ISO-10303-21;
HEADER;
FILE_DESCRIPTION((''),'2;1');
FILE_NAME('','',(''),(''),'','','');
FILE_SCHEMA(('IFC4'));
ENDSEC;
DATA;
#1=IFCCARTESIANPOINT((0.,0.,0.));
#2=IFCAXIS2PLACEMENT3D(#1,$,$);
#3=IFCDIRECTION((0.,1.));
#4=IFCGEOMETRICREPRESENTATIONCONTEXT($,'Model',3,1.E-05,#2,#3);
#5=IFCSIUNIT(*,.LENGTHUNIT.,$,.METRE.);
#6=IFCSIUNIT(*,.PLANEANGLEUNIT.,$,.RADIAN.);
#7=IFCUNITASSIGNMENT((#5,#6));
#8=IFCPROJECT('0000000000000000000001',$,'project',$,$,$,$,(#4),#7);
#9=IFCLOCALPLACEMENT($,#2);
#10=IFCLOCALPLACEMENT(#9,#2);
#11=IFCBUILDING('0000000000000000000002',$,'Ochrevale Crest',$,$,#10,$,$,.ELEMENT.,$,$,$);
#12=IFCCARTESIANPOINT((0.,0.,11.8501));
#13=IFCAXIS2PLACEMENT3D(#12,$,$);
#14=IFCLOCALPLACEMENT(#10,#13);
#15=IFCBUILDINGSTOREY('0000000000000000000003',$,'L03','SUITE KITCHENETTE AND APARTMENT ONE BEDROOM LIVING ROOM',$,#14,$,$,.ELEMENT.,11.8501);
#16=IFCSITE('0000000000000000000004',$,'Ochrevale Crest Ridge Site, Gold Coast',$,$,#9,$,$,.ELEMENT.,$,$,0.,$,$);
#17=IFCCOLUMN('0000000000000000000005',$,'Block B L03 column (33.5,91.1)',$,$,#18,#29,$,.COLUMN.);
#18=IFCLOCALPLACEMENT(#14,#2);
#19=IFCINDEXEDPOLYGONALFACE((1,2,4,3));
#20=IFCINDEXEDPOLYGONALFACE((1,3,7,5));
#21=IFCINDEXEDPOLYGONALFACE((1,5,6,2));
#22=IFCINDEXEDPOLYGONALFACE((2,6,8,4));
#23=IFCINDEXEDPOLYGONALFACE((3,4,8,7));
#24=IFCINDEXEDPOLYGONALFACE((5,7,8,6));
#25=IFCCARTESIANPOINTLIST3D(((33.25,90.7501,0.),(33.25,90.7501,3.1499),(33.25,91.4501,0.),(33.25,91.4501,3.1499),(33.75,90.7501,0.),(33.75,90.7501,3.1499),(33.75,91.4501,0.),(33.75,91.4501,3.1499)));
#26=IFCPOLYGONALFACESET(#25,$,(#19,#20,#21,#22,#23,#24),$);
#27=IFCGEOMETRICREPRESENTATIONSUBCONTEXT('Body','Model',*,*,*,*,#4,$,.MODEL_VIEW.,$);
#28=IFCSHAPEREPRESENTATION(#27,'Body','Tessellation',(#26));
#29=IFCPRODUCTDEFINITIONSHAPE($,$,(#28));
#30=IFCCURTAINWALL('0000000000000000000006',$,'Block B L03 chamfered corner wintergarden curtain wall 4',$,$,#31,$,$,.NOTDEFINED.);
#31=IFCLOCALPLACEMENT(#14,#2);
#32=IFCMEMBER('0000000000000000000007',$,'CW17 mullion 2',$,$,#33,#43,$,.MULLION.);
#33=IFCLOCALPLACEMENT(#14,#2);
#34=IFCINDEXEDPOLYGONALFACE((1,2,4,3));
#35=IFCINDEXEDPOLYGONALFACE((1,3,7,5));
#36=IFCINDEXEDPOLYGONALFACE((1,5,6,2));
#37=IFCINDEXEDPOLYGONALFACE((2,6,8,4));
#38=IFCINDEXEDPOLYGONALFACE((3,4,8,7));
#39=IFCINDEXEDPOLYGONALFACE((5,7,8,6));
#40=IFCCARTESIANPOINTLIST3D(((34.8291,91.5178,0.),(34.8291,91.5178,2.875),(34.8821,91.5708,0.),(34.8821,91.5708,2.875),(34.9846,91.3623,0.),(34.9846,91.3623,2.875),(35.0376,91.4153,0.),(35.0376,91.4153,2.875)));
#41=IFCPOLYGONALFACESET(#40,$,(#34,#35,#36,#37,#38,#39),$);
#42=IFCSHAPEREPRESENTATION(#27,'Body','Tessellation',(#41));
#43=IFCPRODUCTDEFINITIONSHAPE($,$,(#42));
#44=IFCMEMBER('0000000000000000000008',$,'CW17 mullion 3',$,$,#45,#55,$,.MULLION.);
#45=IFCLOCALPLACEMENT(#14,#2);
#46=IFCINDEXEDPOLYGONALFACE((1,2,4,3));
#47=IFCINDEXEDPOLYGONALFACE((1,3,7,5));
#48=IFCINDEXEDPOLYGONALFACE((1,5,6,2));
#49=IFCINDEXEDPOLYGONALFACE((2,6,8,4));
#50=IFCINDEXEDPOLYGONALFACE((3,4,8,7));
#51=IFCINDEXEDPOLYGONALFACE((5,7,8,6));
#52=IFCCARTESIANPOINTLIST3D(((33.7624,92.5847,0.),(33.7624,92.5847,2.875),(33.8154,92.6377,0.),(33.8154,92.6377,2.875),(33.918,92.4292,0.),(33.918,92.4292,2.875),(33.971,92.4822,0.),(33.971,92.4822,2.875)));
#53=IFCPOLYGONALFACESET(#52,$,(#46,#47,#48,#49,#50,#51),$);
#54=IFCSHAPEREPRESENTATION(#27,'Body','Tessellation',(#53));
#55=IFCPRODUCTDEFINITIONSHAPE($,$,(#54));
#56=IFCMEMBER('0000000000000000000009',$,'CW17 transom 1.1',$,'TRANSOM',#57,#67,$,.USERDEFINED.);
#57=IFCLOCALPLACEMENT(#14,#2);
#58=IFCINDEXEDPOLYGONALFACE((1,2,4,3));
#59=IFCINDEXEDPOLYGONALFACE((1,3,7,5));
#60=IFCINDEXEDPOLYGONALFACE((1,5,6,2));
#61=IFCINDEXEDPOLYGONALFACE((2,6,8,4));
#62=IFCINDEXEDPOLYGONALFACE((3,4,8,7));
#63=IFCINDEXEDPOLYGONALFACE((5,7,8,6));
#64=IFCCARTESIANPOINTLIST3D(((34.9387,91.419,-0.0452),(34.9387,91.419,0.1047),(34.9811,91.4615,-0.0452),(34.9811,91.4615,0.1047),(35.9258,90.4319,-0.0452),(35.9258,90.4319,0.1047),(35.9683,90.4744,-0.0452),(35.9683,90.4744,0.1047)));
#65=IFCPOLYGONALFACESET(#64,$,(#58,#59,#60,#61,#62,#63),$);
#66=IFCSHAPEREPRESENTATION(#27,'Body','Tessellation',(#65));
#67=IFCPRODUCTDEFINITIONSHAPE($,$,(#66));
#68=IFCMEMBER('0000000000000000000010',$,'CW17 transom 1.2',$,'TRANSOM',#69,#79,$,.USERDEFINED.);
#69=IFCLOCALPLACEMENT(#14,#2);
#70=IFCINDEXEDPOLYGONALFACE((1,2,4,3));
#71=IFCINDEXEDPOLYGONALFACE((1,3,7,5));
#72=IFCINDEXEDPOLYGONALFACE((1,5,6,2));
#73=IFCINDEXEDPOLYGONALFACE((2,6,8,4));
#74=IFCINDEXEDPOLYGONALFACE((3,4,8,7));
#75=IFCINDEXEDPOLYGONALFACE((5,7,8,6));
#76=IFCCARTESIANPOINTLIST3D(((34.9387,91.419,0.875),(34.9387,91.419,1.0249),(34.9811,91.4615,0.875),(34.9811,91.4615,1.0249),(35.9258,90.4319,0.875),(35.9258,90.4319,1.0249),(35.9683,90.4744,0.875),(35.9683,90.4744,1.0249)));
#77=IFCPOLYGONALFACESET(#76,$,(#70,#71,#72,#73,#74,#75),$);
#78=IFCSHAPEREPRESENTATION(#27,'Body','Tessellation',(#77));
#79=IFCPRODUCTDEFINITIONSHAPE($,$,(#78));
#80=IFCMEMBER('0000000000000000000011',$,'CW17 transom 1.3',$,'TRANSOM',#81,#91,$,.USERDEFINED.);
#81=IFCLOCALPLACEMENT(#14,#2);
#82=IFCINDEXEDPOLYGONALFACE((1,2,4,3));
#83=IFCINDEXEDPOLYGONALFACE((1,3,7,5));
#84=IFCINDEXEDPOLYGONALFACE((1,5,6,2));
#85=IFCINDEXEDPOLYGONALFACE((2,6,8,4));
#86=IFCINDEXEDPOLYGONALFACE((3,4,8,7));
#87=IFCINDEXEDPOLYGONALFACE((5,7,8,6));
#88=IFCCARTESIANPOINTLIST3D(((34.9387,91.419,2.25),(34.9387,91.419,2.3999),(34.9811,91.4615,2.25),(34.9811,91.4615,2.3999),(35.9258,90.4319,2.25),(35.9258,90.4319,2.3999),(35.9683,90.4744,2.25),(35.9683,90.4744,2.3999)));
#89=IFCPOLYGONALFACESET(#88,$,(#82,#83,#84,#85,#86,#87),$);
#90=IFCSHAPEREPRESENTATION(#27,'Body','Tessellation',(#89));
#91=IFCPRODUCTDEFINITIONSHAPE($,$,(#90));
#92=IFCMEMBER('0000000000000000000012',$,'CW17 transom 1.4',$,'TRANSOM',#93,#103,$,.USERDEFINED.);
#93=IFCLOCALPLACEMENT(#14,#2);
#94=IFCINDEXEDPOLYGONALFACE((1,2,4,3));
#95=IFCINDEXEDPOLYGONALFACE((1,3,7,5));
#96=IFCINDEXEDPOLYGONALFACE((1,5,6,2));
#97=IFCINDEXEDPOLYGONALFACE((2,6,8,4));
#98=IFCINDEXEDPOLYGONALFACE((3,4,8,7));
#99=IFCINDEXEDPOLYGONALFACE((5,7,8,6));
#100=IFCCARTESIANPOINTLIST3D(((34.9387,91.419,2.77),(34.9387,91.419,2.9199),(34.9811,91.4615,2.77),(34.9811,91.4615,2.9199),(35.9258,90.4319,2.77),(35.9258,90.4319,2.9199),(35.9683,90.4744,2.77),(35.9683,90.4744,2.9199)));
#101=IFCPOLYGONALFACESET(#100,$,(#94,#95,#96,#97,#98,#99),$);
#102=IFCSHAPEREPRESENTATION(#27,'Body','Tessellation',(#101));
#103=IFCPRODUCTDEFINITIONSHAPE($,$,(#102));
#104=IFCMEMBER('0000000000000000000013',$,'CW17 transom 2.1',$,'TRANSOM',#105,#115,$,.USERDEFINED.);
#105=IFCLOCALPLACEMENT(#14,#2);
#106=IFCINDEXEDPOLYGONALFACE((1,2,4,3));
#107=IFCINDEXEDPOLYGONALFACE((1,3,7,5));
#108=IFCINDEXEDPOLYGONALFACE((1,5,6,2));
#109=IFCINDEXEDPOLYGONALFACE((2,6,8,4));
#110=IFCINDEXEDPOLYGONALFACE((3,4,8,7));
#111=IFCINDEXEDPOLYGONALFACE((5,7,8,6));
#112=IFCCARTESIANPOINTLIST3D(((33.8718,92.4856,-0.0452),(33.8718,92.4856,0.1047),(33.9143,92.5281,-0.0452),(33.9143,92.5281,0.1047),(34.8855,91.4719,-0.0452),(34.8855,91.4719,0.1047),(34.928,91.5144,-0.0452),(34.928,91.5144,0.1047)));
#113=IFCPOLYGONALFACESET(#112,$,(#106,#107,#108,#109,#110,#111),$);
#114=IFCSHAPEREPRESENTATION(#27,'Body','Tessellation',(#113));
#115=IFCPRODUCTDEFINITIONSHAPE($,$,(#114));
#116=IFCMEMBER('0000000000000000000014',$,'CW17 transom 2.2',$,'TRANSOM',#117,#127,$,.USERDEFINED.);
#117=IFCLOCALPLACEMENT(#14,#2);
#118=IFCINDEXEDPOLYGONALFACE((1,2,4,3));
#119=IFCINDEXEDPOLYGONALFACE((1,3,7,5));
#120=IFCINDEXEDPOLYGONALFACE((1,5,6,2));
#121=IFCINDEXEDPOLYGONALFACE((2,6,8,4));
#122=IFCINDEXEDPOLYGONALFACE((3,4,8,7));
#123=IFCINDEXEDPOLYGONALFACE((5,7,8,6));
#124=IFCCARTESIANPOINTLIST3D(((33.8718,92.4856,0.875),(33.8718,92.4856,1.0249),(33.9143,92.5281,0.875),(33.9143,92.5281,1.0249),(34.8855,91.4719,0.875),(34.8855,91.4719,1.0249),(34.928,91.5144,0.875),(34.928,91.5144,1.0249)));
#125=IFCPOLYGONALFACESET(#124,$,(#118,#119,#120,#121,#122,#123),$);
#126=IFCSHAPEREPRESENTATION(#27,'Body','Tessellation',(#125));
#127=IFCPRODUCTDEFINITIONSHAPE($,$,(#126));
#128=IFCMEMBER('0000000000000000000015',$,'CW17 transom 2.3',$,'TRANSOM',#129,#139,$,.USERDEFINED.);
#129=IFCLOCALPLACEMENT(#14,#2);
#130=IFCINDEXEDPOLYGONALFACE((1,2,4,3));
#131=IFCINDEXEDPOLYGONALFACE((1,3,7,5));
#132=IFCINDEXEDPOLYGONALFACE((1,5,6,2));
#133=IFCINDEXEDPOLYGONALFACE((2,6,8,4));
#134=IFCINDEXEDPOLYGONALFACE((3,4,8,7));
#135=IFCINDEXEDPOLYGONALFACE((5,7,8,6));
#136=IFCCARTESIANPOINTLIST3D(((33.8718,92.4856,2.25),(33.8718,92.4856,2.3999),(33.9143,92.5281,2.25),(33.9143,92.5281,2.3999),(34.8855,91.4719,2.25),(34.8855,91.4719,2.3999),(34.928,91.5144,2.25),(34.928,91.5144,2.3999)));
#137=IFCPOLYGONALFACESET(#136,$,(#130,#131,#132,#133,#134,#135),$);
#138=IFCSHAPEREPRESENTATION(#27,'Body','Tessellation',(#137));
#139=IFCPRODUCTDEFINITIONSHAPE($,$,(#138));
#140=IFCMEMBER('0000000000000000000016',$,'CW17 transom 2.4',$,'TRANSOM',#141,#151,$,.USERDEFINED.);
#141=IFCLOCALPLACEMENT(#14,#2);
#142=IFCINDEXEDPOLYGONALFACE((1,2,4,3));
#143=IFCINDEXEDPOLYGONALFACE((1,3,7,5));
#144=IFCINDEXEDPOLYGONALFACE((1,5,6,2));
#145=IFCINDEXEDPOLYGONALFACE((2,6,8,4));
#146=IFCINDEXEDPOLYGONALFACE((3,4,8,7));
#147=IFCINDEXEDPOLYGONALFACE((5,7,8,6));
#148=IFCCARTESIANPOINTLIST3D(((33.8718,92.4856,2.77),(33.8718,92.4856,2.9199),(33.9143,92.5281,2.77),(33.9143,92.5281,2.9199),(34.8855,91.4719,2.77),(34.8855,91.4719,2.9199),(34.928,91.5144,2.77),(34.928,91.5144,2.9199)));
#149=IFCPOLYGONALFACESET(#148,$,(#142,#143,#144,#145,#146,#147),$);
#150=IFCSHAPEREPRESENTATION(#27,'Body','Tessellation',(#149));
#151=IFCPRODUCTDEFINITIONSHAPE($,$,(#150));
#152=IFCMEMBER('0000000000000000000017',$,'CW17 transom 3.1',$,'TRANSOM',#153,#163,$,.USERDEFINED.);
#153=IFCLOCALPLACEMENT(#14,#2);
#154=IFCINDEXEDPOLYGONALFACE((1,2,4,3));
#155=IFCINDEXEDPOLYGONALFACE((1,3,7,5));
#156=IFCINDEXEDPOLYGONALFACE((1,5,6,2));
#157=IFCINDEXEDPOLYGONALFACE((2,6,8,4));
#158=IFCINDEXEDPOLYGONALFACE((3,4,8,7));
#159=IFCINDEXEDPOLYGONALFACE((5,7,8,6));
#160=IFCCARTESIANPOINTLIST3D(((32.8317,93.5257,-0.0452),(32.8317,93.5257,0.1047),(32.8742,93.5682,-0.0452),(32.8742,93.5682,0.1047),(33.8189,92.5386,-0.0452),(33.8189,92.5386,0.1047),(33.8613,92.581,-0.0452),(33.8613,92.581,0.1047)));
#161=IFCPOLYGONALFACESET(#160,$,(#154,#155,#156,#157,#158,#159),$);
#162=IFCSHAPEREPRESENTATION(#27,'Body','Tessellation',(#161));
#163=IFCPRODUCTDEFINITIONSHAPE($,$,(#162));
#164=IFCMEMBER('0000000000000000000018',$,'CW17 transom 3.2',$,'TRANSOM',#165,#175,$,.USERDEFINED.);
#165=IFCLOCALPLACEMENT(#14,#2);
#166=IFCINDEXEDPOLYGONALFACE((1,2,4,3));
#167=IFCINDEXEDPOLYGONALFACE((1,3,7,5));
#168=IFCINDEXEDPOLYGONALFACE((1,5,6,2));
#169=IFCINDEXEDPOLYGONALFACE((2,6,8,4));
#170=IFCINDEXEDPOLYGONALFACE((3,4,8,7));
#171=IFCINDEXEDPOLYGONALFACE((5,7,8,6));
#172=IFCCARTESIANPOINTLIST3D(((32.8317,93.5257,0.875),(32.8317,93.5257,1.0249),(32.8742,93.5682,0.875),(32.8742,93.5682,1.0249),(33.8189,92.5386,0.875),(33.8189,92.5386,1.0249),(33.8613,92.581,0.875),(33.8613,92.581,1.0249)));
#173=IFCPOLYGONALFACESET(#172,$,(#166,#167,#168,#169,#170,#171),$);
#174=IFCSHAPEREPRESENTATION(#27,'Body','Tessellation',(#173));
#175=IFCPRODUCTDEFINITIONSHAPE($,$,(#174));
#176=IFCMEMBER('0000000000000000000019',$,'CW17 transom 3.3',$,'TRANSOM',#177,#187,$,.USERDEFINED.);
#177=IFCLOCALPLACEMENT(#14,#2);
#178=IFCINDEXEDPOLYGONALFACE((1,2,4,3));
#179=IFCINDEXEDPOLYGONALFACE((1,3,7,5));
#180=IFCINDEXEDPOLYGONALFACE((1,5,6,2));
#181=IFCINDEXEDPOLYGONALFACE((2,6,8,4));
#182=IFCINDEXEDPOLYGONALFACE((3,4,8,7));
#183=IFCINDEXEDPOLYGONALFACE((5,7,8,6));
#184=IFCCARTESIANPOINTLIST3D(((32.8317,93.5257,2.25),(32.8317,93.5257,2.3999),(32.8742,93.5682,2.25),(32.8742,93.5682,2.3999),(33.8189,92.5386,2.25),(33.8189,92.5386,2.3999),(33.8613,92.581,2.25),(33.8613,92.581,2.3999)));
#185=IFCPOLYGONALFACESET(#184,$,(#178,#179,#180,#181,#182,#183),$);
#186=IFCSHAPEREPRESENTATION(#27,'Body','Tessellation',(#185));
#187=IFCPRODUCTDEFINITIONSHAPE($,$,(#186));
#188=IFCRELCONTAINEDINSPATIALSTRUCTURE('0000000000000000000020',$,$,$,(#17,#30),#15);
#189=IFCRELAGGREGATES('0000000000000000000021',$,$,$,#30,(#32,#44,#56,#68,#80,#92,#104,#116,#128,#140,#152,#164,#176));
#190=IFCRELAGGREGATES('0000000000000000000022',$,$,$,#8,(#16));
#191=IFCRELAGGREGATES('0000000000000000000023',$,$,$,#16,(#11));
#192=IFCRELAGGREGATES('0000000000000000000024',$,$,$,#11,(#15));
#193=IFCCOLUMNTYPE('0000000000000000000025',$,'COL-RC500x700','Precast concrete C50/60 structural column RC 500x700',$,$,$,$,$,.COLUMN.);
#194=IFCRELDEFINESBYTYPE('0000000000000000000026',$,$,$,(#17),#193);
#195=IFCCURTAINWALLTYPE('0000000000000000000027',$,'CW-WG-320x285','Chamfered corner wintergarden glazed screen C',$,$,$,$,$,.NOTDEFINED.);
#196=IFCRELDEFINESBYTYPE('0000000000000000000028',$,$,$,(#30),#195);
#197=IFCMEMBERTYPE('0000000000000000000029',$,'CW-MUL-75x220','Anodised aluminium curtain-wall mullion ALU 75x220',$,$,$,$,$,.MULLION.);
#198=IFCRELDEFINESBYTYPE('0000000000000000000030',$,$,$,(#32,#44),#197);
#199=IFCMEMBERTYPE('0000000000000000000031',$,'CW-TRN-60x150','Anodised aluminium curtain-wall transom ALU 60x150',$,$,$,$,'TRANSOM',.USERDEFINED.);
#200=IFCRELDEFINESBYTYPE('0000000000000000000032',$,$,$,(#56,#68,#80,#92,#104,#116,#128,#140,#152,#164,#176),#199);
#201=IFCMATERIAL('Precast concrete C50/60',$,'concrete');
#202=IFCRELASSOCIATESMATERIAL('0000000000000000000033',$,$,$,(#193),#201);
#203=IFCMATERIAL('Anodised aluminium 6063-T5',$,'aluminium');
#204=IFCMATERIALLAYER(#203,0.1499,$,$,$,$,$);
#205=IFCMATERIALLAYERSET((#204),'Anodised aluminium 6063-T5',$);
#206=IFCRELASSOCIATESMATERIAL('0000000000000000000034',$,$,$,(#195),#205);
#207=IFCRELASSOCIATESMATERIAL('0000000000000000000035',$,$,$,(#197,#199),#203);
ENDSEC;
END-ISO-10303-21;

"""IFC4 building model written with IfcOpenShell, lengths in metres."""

from ifc_helpers import new_model, si_unit, direction, frame, origin, origin_2d, place, context, subcontext, project, spatial, rectangle, extrude, material, layer, layer_set, material_profile, profile_set, type_object, element, aggregate, save


model = new_model("IFC4")

# Units and contexts
model_context = context("Model", 3, precision=1e-05, world=origin(), true_north=direction((0.0, 1.0)))
body_context = subcontext(model_context, "Body", "Model", "MODEL_VIEW")
ifc_project = project(units=[si_unit("LENGTHUNIT", "METRE"), si_unit("PLANEANGLEUNIT", "RADIAN")], contexts=[model_context])

# Site, building, storey
site_placement = place(None, origin())
site = spatial("IfcSite", under=ifc_project, at=site_placement, Name="Ochrevale Crest Ridge Site, Gold Coast", CompositionType="ELEMENT", RefElevation=0.0)
building_placement = place(site_placement, origin())
building = spatial("IfcBuilding", under=site, at=building_placement, Name="Ochrevale Crest", CompositionType="ELEMENT")
storey_placement = place(building_placement, frame((0.0, 0.0, 11.8501)))
storey = spatial("IfcBuildingStorey", under=building, at=storey_placement, Name="L03", Description="SUITE KITCHENETTE AND APARTMENT ONE BEDROOM LIVING ROOM", CompositionType="ELEMENT", Elevation=11.8501)

# Column
ifc_material_1 = material(Name="Precast concrete C50/60", Category="concrete")
ifc_material_profile_1 = material_profile(ifc_material_1, rectangle(XDim=0.5, YDim=0.7, at=origin_2d()), Name="RC 500x700")
ifc_profile_set_1 = profile_set([ifc_material_profile_1], Name="Precast concrete C50/60")
column_type = type_object("IfcColumnType", Name="COL-RC500x700", Description="Precast concrete C50/60 structural column RC 500x700", PredefinedType="COLUMN", material=ifc_profile_set_1)
column_placement = place(storey_placement, frame((33.5, 91.1001, 0.0), z_axis=(0.0, 0.0, 1.0), x_axis=(1.0, 0.0, 0.0)))
element("IfcColumn", 1, at=column_placement, inside=storey, type_object=column_type, Name="Block B L03 column (33.5,91.1)", PredefinedType="COLUMN", context=body_context, shape_type="SweptSolid", body=[
    extrude(rectangle(XDim=0.5, YDim=0.7, at=origin_2d()), origin(), (0.0, 0.0, 1.0), 3.1499),
])

# Curtain wall, members
ifc_material_2 = material(Name="Anodised aluminium 6063-T5", Category="aluminium")
ifc_layer_1 = layer(ifc_material_2, 0.1499)
ifc_layer_set_1 = layer_set([ifc_layer_1], Name="Anodised aluminium 6063-T5")
curtain_wall_type = type_object("IfcCurtainWallType", Name="CW-WG-320x285", Description="Chamfered corner wintergarden glazed screen C", PredefinedType="NOTDEFINED", material=ifc_layer_set_1)
curtain_wall_placement = place(storey_placement, origin())
curtain_wall = element("IfcCurtainWall", 2, at=curtain_wall_placement, inside=storey, type_object=curtain_wall_type, Name="Block B L03 chamfered corner wintergarden curtain wall 4", PredefinedType="NOTDEFINED")
ifc_material_profile_2 = material_profile(ifc_material_2, rectangle(XDim=0.075, YDim=0.22, at=origin_2d()), Name="ALU 75x220")
ifc_profile_set_2 = profile_set([ifc_material_profile_2], Name="Anodised aluminium 6063-T5")
member_type_1 = type_object("IfcMemberType", Name="CW-MUL-75x220", Description="Anodised aluminium curtain-wall mullion ALU 75x220", PredefinedType="MULLION", material=ifc_profile_set_2)
member_1_placement = place(storey_placement, frame((34.9333, 91.4666, 0.0), z_axis=(0.0, 0.0, 1.0), x_axis=(-0.707107, -0.707107, 0.0)))
member_1 = element("IfcMember", 3, at=member_1_placement, type_object=member_type_1, Name="CW17 mullion 2", PredefinedType="MULLION", context=body_context, shape_type="SweptSolid", body=[
    extrude(rectangle(XDim=0.075, YDim=0.22, at=origin_2d()), origin(), (0.0, 0.0, 1.0), 2.875),
])
member_2_placement = place(storey_placement, frame((33.8667, 92.5334, 0.0), z_axis=(0.0, 0.0, 1.0), x_axis=(-0.707107, -0.707107, 0.0)))
member_2 = element("IfcMember", 4, at=member_2_placement, type_object=member_type_1, Name="CW17 mullion 3", PredefinedType="MULLION", context=body_context, shape_type="SweptSolid", body=[
    extrude(rectangle(XDim=0.075, YDim=0.22, at=origin_2d()), origin(), (0.0, 0.0, 1.0), 2.875),
])
ifc_material_profile_3 = material_profile(ifc_material_2, rectangle(XDim=0.0601, YDim=0.1499, at=origin_2d()), Name="ALU 60x150")
ifc_profile_set_3 = profile_set([ifc_material_profile_3], Name="Anodised aluminium 6063-T5")
member_type_2 = type_object("IfcMemberType", Name="CW-TRN-60x150", Description="Anodised aluminium curtain-wall transom ALU 60x150", ElementType="TRANSOM", PredefinedType="USERDEFINED", material=ifc_profile_set_3)
member_3_placement = place(storey_placement, frame((35.947, 90.4531, 0.0298), z_axis=(-0.707107, 0.707107, 0.0), x_axis=(-0.707107, -0.707107, 0.0)))
member_3 = element("IfcMember", 5, at=member_3_placement, type_object=member_type_2, Name="CW17 transom 1.1", ObjectType="TRANSOM", PredefinedType="USERDEFINED", context=body_context, shape_type="SweptSolid", body=[
    extrude(rectangle(XDim=0.0601, YDim=0.1499, at=origin_2d()), origin(), (0.0, 0.0, 1.0), 1.396),
])
member_4_placement = place(storey_placement, frame((35.947, 90.4531, 0.95), z_axis=(-0.707107, 0.707107, 0.0), x_axis=(-0.707107, -0.707107, 0.0)))
member_4 = element("IfcMember", 6, at=member_4_placement, type_object=member_type_2, Name="CW17 transom 1.2", ObjectType="TRANSOM", PredefinedType="USERDEFINED", context=body_context, shape_type="SweptSolid", body=[
    extrude(rectangle(XDim=0.0601, YDim=0.1499, at=origin_2d()), origin(), (0.0, 0.0, 1.0), 1.396),
])
member_5_placement = place(storey_placement, frame((35.947, 90.4531, 2.325), z_axis=(-0.707107, 0.707107, 0.0), x_axis=(-0.707107, -0.707107, 0.0)))
member_5 = element("IfcMember", 7, at=member_5_placement, type_object=member_type_2, Name="CW17 transom 1.3", ObjectType="TRANSOM", PredefinedType="USERDEFINED", context=body_context, shape_type="SweptSolid", body=[
    extrude(rectangle(XDim=0.0601, YDim=0.1499, at=origin_2d()), origin(), (0.0, 0.0, 1.0), 1.396),
])
member_6_placement = place(storey_placement, frame((35.947, 90.4531, 2.845), z_axis=(-0.707107, 0.707107, 0.0), x_axis=(-0.707107, -0.707107, 0.0)))
member_6 = element("IfcMember", 8, at=member_6_placement, type_object=member_type_2, Name="CW17 transom 1.4", ObjectType="TRANSOM", PredefinedType="USERDEFINED", context=body_context, shape_type="SweptSolid", body=[
    extrude(rectangle(XDim=0.0601, YDim=0.1499, at=origin_2d()), origin(), (0.0, 0.0, 1.0), 1.396),
])
member_7_placement = place(storey_placement, frame((34.9067, 91.4932, 0.0298), z_axis=(-0.707107, 0.707107, 0.0), x_axis=(-0.707107, -0.707107, 0.0)))
member_7 = element("IfcMember", 9, at=member_7_placement, type_object=member_type_2, Name="CW17 transom 2.1", ObjectType="TRANSOM", PredefinedType="USERDEFINED", context=body_context, shape_type="SweptSolid", body=[
    extrude(rectangle(XDim=0.0601, YDim=0.1499, at=origin_2d()), origin(), (0.0, 0.0, 1.0), 1.4336),
])
member_8_placement = place(storey_placement, frame((34.9067, 91.4932, 0.95), z_axis=(-0.707107, 0.707107, 0.0), x_axis=(-0.707107, -0.707107, 0.0)))
member_8 = element("IfcMember", 10, at=member_8_placement, type_object=member_type_2, Name="CW17 transom 2.2", ObjectType="TRANSOM", PredefinedType="USERDEFINED", context=body_context, shape_type="SweptSolid", body=[
    extrude(rectangle(XDim=0.0601, YDim=0.1499, at=origin_2d()), origin(), (0.0, 0.0, 1.0), 1.4336),
])
member_9_placement = place(storey_placement, frame((34.9067, 91.4932, 2.325), z_axis=(-0.707107, 0.707107, 0.0), x_axis=(-0.707107, -0.707107, 0.0)))
member_9 = element("IfcMember", 11, at=member_9_placement, type_object=member_type_2, Name="CW17 transom 2.3", ObjectType="TRANSOM", PredefinedType="USERDEFINED", context=body_context, shape_type="SweptSolid", body=[
    extrude(rectangle(XDim=0.0601, YDim=0.1499, at=origin_2d()), origin(), (0.0, 0.0, 1.0), 1.4336),
])
member_10_placement = place(storey_placement, frame((34.9067, 91.4932, 2.845), z_axis=(-0.707107, 0.707107, 0.0), x_axis=(-0.707107, -0.707107, 0.0)))
member_10 = element("IfcMember", 12, at=member_10_placement, type_object=member_type_2, Name="CW17 transom 2.4", ObjectType="TRANSOM", PredefinedType="USERDEFINED", context=body_context, shape_type="SweptSolid", body=[
    extrude(rectangle(XDim=0.0601, YDim=0.1499, at=origin_2d()), origin(), (0.0, 0.0, 1.0), 1.4336),
])
member_11_placement = place(storey_placement, frame((33.8401, 92.5598, 0.0298), z_axis=(-0.707107, 0.707107, 0.0), x_axis=(-0.707107, -0.707107, 0.0)))
member_11 = element("IfcMember", 13, at=member_11_placement, type_object=member_type_2, Name="CW17 transom 3.1", ObjectType="TRANSOM", PredefinedType="USERDEFINED", context=body_context, shape_type="SweptSolid", body=[
    extrude(rectangle(XDim=0.0601, YDim=0.1499, at=origin_2d()), origin(), (0.0, 0.0, 1.0), 1.396),
])
member_12_placement = place(storey_placement, frame((33.8401, 92.5598, 0.95), z_axis=(-0.707107, 0.707107, 0.0), x_axis=(-0.707107, -0.707107, 0.0)))
member_12 = element("IfcMember", 14, at=member_12_placement, type_object=member_type_2, Name="CW17 transom 3.2", ObjectType="TRANSOM", PredefinedType="USERDEFINED", context=body_context, shape_type="SweptSolid", body=[
    extrude(rectangle(XDim=0.0601, YDim=0.1499, at=origin_2d()), origin(), (0.0, 0.0, 1.0), 1.396),
])
member_13_placement = place(storey_placement, frame((33.8401, 92.5598, 2.325), z_axis=(-0.707107, 0.707107, 0.0), x_axis=(-0.707107, -0.707107, 0.0)))
member_13 = element("IfcMember", 15, at=member_13_placement, type_object=member_type_2, Name="CW17 transom 3.3", ObjectType="TRANSOM", PredefinedType="USERDEFINED", context=body_context, shape_type="SweptSolid", body=[
    extrude(rectangle(XDim=0.0601, YDim=0.1499, at=origin_2d()), origin(), (0.0, 0.0, 1.0), 1.396),
])
aggregate(curtain_wall, [member_1, member_2, member_3, member_4, member_5, member_6, member_7, member_8, member_9, member_10, member_11, member_12, member_13])

save(model, "model.ifc")
